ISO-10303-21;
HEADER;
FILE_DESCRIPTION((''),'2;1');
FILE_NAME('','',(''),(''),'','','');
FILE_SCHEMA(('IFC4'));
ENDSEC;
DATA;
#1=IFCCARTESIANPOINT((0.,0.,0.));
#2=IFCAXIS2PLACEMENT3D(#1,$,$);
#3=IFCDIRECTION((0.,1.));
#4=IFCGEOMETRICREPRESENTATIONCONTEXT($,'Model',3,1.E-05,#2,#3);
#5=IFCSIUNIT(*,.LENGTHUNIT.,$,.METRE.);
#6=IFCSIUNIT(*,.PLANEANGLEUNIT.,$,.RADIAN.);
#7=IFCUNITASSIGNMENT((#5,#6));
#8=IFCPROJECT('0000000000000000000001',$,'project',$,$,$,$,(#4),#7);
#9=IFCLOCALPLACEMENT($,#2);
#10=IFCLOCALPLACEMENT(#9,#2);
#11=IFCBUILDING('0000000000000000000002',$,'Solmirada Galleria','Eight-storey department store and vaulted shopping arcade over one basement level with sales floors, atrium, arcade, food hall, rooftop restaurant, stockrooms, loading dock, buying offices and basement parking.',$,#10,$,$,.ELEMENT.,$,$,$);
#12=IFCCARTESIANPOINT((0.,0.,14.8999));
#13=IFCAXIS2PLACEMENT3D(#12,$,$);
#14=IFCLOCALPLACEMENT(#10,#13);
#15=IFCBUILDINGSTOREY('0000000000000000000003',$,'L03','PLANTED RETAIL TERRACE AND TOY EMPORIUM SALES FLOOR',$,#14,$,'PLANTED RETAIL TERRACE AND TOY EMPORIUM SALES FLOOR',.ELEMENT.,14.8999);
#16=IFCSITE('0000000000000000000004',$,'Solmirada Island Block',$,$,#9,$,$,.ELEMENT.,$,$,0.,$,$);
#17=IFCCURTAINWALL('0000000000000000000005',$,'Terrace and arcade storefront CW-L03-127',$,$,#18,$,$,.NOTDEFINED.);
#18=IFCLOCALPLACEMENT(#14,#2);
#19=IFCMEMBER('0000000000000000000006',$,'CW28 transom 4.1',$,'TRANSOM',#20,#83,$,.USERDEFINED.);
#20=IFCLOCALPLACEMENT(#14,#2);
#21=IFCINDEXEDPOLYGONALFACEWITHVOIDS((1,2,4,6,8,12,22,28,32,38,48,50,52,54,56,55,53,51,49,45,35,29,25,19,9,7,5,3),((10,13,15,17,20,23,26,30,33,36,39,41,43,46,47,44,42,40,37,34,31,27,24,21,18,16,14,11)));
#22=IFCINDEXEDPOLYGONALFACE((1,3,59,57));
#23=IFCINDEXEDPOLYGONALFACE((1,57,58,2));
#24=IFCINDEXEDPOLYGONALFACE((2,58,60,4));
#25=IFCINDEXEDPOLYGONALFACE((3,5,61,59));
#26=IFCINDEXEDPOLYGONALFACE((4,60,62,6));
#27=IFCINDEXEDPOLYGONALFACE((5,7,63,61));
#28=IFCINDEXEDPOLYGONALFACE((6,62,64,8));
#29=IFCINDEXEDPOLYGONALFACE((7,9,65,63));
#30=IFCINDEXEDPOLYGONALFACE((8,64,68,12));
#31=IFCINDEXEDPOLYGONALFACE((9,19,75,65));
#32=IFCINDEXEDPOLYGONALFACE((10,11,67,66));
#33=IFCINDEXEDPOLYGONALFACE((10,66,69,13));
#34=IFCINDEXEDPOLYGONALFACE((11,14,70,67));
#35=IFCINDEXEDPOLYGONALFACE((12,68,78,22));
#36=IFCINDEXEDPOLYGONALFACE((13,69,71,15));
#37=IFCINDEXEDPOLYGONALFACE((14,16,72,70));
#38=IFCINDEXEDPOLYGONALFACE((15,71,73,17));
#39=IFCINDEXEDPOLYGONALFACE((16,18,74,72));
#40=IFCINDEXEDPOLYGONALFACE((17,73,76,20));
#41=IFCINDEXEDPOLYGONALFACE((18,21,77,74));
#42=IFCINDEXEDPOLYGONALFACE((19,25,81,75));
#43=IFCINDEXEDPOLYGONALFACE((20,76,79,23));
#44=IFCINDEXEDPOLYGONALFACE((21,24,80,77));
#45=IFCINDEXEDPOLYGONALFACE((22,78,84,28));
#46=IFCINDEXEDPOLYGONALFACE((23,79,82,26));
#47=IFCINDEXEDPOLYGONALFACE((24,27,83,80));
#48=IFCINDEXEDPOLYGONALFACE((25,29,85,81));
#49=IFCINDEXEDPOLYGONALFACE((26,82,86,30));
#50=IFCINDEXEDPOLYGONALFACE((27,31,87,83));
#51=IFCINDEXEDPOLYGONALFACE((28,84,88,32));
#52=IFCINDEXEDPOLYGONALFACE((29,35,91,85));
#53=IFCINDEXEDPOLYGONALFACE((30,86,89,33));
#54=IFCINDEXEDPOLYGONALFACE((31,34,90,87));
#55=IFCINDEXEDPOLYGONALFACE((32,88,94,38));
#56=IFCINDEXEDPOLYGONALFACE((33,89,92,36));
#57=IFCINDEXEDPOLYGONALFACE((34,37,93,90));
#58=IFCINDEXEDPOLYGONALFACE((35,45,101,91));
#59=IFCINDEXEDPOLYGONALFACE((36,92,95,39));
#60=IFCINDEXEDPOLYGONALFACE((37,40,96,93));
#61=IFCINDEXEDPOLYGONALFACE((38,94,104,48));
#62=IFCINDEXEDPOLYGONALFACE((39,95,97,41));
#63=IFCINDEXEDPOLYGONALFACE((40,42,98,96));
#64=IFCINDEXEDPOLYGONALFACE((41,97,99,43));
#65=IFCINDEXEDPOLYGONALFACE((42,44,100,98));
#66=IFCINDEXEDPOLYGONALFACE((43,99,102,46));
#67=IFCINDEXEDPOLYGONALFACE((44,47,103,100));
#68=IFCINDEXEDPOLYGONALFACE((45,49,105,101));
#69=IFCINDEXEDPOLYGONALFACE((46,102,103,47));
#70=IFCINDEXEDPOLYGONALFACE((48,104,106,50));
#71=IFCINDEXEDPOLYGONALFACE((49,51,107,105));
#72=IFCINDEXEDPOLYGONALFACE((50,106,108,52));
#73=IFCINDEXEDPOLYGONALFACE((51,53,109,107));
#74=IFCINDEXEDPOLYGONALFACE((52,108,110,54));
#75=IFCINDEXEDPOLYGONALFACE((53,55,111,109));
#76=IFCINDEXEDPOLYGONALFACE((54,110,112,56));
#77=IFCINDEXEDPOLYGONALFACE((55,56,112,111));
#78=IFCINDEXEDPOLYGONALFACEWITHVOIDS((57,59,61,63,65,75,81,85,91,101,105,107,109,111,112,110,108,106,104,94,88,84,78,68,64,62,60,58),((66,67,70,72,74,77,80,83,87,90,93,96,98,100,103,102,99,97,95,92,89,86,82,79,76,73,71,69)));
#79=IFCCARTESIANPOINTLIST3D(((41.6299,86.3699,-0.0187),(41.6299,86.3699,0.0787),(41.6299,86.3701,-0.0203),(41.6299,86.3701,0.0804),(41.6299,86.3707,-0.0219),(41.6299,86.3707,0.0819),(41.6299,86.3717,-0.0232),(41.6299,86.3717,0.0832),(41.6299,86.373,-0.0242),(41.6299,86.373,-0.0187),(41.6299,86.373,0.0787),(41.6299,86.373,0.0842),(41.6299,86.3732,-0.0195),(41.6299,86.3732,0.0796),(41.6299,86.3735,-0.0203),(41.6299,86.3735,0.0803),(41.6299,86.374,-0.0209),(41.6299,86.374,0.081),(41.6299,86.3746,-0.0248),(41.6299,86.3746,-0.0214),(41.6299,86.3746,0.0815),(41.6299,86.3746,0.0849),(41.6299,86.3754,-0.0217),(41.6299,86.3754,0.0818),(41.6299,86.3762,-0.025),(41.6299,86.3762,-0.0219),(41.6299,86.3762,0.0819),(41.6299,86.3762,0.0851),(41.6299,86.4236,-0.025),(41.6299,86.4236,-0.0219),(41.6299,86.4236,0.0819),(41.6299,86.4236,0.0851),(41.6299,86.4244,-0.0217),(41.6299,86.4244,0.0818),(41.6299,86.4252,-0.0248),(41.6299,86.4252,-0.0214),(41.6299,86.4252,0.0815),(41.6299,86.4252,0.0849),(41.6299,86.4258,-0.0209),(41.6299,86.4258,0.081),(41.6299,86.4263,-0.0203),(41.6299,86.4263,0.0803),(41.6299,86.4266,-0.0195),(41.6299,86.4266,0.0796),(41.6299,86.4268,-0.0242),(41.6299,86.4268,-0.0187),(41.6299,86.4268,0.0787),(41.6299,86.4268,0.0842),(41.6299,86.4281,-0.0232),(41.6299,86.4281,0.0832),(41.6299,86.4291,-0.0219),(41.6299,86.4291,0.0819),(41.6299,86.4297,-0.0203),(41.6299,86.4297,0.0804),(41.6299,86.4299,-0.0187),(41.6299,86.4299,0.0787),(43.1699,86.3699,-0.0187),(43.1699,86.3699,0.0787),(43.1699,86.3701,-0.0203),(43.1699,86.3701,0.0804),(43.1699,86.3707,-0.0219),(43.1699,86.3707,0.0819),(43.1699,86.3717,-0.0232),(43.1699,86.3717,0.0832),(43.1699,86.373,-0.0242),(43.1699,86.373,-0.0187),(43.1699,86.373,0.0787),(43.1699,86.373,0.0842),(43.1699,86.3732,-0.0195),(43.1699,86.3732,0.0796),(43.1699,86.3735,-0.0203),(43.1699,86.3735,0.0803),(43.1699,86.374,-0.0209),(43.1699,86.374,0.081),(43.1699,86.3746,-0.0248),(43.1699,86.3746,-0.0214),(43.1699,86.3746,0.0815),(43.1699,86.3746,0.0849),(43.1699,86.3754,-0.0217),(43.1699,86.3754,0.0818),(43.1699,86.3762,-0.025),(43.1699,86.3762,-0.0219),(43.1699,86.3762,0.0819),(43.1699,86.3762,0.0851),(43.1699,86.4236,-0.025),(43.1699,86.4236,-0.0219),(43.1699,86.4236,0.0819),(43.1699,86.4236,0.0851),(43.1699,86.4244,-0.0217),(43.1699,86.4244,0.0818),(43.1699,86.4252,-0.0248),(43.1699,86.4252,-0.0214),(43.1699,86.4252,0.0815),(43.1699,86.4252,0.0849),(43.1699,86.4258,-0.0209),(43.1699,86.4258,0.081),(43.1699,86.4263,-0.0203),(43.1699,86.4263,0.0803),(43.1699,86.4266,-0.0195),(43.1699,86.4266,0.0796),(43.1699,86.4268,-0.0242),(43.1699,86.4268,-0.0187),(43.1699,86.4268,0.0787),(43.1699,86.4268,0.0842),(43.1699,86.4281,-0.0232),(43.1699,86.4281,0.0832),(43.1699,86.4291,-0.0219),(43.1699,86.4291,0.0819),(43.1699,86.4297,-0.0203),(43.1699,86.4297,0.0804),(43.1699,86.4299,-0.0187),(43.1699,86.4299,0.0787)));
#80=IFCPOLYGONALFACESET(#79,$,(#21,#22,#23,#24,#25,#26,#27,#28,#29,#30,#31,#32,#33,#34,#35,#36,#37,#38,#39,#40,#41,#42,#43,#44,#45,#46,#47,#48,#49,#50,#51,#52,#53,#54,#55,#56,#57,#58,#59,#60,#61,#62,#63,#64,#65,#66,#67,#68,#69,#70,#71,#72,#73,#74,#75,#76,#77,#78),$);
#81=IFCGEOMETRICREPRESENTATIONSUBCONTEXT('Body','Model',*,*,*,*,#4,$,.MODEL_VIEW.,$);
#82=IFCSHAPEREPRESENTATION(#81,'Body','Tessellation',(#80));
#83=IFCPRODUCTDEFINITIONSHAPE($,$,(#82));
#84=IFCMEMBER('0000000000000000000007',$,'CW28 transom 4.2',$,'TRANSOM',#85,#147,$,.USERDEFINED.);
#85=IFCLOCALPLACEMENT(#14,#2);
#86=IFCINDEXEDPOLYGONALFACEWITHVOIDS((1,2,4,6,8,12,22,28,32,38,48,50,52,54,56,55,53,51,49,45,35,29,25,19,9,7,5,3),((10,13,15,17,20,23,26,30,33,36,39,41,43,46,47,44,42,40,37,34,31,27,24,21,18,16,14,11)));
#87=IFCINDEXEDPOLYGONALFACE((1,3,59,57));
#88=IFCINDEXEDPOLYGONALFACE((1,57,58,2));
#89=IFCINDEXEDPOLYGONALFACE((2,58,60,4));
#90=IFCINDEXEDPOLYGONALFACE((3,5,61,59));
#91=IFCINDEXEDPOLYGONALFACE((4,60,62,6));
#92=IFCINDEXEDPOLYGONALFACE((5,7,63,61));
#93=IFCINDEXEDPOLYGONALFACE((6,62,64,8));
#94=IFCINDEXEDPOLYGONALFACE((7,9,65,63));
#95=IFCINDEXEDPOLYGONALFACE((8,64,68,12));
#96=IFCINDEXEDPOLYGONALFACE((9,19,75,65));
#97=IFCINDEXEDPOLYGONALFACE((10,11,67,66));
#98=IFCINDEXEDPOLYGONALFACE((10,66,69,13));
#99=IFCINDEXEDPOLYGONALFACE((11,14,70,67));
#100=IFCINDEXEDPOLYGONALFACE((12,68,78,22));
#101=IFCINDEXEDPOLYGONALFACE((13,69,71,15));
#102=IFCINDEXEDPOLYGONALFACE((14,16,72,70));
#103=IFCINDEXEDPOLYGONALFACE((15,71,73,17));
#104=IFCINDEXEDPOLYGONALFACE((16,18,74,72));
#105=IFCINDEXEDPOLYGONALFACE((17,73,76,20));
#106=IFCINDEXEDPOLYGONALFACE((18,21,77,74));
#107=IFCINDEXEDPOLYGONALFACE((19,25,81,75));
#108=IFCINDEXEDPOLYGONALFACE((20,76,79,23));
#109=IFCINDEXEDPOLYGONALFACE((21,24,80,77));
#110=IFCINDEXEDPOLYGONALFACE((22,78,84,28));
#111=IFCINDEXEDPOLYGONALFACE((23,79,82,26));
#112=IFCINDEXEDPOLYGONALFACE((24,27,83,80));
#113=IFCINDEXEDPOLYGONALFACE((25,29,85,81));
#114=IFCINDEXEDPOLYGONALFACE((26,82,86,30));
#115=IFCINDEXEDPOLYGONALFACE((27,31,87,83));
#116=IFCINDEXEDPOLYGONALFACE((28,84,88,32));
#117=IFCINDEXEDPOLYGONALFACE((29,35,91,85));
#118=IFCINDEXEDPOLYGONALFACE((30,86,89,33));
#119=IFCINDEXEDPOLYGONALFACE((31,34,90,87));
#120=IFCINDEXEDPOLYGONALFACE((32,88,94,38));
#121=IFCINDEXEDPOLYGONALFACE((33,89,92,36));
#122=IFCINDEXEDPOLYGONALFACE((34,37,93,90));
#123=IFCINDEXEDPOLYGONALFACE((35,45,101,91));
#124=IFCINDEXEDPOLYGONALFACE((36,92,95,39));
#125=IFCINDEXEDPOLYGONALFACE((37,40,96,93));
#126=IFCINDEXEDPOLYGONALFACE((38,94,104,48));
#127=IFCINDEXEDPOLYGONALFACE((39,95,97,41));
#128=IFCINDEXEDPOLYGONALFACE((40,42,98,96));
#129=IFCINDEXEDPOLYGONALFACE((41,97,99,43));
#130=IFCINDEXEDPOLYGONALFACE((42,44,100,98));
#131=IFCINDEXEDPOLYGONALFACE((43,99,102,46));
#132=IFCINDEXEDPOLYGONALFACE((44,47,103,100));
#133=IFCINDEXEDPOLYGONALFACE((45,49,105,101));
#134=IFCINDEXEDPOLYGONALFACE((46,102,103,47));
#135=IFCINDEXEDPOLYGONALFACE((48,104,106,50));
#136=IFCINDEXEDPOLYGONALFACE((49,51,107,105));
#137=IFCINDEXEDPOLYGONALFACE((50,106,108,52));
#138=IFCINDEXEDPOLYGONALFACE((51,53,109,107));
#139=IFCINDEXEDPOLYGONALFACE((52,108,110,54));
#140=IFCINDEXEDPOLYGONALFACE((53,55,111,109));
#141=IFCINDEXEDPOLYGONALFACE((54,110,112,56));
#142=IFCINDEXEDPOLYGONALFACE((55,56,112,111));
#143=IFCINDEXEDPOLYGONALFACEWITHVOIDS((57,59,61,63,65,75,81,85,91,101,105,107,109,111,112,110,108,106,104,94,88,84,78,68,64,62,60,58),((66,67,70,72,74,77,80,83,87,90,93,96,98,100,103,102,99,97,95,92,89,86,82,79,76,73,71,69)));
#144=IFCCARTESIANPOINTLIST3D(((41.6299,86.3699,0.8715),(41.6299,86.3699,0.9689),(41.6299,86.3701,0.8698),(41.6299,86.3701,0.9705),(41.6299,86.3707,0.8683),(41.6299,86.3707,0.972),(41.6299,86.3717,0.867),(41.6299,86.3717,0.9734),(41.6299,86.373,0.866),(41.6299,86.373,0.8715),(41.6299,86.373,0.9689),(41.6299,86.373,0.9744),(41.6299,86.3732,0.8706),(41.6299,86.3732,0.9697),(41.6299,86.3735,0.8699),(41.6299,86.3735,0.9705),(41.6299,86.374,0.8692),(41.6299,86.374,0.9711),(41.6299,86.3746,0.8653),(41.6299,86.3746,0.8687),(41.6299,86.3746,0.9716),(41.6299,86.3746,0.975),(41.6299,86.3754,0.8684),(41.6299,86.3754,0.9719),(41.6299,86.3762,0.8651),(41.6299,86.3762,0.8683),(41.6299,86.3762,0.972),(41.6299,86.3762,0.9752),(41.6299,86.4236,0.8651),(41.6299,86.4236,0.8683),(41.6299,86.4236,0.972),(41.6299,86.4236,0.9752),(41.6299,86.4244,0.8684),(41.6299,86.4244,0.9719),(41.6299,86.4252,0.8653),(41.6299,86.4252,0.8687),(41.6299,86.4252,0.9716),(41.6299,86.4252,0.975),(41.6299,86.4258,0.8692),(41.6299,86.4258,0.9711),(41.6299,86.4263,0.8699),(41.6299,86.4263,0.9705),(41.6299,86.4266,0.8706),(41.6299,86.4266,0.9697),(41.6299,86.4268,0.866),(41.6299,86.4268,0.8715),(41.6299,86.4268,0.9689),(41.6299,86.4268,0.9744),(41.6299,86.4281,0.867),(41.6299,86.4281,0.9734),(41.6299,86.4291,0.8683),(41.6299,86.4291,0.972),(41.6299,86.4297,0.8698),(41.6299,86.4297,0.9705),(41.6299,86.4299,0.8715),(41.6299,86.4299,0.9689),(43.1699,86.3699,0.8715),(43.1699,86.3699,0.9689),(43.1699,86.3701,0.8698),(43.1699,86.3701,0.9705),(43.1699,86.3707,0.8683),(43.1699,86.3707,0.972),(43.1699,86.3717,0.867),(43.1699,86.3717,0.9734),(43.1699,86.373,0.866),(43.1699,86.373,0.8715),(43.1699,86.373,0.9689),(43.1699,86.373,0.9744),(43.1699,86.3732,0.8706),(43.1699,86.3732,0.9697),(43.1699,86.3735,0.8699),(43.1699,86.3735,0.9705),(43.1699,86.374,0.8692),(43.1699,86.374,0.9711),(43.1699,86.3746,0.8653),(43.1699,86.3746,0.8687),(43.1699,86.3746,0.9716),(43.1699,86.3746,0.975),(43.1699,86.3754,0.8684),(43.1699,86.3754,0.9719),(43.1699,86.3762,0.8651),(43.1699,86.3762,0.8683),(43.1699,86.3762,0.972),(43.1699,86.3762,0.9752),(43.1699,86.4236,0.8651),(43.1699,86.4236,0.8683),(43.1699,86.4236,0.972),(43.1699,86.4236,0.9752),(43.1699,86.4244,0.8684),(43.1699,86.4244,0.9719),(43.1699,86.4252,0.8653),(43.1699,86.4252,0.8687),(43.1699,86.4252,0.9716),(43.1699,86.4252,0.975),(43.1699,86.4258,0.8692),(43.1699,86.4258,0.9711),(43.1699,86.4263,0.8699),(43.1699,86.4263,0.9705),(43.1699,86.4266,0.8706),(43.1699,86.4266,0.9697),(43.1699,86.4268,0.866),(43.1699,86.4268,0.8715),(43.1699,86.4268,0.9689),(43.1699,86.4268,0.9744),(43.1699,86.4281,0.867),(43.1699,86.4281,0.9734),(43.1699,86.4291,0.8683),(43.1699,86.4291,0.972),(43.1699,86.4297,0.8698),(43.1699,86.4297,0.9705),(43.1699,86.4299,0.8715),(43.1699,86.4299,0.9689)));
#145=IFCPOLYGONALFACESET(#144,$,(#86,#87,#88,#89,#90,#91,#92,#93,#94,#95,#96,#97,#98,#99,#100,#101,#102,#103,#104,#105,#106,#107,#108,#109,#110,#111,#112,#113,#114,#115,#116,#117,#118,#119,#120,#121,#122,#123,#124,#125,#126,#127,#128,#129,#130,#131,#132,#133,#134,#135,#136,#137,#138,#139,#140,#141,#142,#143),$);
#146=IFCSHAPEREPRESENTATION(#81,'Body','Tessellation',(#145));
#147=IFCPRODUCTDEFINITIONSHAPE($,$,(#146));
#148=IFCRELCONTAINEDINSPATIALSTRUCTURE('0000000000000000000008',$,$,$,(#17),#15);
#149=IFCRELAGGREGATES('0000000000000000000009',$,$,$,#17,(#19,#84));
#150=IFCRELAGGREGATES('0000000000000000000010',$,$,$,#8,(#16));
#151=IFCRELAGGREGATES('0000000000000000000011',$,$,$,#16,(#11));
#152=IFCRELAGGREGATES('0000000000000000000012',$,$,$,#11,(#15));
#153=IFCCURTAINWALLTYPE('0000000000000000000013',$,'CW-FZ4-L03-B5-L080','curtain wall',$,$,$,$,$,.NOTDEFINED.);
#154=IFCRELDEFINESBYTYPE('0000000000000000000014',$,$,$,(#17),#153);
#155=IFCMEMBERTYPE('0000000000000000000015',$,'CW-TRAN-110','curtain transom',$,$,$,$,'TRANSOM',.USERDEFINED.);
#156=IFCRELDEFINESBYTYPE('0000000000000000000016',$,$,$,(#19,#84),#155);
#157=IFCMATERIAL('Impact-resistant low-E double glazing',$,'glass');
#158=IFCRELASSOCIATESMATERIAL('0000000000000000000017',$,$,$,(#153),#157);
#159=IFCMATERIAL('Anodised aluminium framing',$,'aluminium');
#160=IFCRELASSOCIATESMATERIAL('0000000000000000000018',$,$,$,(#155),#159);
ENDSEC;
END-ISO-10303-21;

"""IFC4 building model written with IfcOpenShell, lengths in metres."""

from ifc_helpers import new_model, si_unit, direction, frame, origin, origin_2d, place, context, subcontext, project, spatial, hollow_rectangle, extrude, material, material_profile, profile_set, type_object, element, aggregate, save


model = new_model("IFC4")

# Units and contexts
model_context = context("Model", 3, precision=1e-05, world=origin(), true_north=direction((0.0, 1.0)))
body_context = subcontext(model_context, "Body", "Model", "MODEL_VIEW")
ifc_project = project(units=[si_unit("LENGTHUNIT", "METRE"), si_unit("PLANEANGLEUNIT", "RADIAN")], contexts=[model_context])

# Site, building, storey
site_placement = place(None, origin())
site = spatial("IfcSite", under=ifc_project, at=site_placement, Name="Solmirada Island Block", CompositionType="ELEMENT", RefElevation=0.0)
building_placement = place(site_placement, origin())
building = spatial("IfcBuilding", under=site, at=building_placement, Name="Solmirada Galleria", Description="Eight-storey department store and vaulted shopping arcade over one basement level with sales floors, atrium, arcade, food hall, rooftop restaurant, stockrooms, loading dock, buying offices and basement parking.", CompositionType="ELEMENT")
storey_placement = place(building_placement, frame((0.0, 0.0, 14.8999)))
storey = spatial("IfcBuildingStorey", under=building, at=storey_placement, Name="L03", Description="PLANTED RETAIL TERRACE AND TOY EMPORIUM SALES FLOOR", LongName="PLANTED RETAIL TERRACE AND TOY EMPORIUM SALES FLOOR", CompositionType="ELEMENT", Elevation=14.8999)

# Curtain wall, members
ifc_material_1 = material(Name="Impact-resistant low-E double glazing", Category="glass")
curtain_wall_type = type_object("IfcCurtainWallType", Name="CW-FZ4-L03-B5-L080", Description="curtain wall", PredefinedType="NOTDEFINED", material=ifc_material_1)
curtain_wall_placement = place(storey_placement, origin())
curtain_wall = element("IfcCurtainWall", 1, at=curtain_wall_placement, inside=storey, type_object=curtain_wall_type, Name="Terrace and arcade storefront CW-L03-127", PredefinedType="NOTDEFINED")
ifc_material_2 = material(Name="Anodised aluminium framing", Category="aluminium")
ifc_material_profile_1 = material_profile(ifc_material_2, hollow_rectangle(XDim=0.0601, YDim=0.1101, WallThickness=0.0032, InnerFilletRadius=0.0032, OuterFilletRadius=0.0063, at=origin_2d()), Name="ALU-TRAN-110X60")
ifc_profile_set_1 = profile_set([ifc_material_profile_1], Name="Anodised aluminium framing")
member_type_1 = type_object("IfcMemberType", Name="CW-TRAN-110", Description="curtain transom", ElementType="TRANSOM", PredefinedType="USERDEFINED", material=ifc_profile_set_1)
member_1_placement = place(storey_placement, frame((43.1699, 86.3999, 0.03), z_axis=(-1.0, 0.0, 0.0), x_axis=(0.0, -1.0, 0.0)))
member_1 = element("IfcMember", 2, at=member_1_placement, type_object=member_type_1, Name="CW28 transom 4.1", ObjectType="TRANSOM", PredefinedType="USERDEFINED", context=body_context, shape_type="SweptSolid", body=[
    extrude(hollow_rectangle(XDim=0.0601, YDim=0.1101, WallThickness=0.0032, InnerFilletRadius=0.0032, OuterFilletRadius=0.0063, at=origin_2d()), origin(), (0.0, 0.0, 1.0), 1.54),
])
member_2_placement = place(storey_placement, frame((43.1699, 86.3999, 0.9202), z_axis=(-1.0, 0.0, 0.0), x_axis=(0.0, -1.0, 0.0)))
member_2 = element("IfcMember", 3, at=member_2_placement, type_object=member_type_1, Name="CW28 transom 4.2", ObjectType="TRANSOM", PredefinedType="USERDEFINED", context=body_context, shape_type="SweptSolid", body=[
    extrude(hollow_rectangle(XDim=0.0601, YDim=0.1101, WallThickness=0.0032, InnerFilletRadius=0.0032, OuterFilletRadius=0.0063, at=origin_2d()), origin(), (0.0, 0.0, 1.0), 1.54),
])
aggregate(curtain_wall, [member_1, member_2])

save(model, "model.ifc")
